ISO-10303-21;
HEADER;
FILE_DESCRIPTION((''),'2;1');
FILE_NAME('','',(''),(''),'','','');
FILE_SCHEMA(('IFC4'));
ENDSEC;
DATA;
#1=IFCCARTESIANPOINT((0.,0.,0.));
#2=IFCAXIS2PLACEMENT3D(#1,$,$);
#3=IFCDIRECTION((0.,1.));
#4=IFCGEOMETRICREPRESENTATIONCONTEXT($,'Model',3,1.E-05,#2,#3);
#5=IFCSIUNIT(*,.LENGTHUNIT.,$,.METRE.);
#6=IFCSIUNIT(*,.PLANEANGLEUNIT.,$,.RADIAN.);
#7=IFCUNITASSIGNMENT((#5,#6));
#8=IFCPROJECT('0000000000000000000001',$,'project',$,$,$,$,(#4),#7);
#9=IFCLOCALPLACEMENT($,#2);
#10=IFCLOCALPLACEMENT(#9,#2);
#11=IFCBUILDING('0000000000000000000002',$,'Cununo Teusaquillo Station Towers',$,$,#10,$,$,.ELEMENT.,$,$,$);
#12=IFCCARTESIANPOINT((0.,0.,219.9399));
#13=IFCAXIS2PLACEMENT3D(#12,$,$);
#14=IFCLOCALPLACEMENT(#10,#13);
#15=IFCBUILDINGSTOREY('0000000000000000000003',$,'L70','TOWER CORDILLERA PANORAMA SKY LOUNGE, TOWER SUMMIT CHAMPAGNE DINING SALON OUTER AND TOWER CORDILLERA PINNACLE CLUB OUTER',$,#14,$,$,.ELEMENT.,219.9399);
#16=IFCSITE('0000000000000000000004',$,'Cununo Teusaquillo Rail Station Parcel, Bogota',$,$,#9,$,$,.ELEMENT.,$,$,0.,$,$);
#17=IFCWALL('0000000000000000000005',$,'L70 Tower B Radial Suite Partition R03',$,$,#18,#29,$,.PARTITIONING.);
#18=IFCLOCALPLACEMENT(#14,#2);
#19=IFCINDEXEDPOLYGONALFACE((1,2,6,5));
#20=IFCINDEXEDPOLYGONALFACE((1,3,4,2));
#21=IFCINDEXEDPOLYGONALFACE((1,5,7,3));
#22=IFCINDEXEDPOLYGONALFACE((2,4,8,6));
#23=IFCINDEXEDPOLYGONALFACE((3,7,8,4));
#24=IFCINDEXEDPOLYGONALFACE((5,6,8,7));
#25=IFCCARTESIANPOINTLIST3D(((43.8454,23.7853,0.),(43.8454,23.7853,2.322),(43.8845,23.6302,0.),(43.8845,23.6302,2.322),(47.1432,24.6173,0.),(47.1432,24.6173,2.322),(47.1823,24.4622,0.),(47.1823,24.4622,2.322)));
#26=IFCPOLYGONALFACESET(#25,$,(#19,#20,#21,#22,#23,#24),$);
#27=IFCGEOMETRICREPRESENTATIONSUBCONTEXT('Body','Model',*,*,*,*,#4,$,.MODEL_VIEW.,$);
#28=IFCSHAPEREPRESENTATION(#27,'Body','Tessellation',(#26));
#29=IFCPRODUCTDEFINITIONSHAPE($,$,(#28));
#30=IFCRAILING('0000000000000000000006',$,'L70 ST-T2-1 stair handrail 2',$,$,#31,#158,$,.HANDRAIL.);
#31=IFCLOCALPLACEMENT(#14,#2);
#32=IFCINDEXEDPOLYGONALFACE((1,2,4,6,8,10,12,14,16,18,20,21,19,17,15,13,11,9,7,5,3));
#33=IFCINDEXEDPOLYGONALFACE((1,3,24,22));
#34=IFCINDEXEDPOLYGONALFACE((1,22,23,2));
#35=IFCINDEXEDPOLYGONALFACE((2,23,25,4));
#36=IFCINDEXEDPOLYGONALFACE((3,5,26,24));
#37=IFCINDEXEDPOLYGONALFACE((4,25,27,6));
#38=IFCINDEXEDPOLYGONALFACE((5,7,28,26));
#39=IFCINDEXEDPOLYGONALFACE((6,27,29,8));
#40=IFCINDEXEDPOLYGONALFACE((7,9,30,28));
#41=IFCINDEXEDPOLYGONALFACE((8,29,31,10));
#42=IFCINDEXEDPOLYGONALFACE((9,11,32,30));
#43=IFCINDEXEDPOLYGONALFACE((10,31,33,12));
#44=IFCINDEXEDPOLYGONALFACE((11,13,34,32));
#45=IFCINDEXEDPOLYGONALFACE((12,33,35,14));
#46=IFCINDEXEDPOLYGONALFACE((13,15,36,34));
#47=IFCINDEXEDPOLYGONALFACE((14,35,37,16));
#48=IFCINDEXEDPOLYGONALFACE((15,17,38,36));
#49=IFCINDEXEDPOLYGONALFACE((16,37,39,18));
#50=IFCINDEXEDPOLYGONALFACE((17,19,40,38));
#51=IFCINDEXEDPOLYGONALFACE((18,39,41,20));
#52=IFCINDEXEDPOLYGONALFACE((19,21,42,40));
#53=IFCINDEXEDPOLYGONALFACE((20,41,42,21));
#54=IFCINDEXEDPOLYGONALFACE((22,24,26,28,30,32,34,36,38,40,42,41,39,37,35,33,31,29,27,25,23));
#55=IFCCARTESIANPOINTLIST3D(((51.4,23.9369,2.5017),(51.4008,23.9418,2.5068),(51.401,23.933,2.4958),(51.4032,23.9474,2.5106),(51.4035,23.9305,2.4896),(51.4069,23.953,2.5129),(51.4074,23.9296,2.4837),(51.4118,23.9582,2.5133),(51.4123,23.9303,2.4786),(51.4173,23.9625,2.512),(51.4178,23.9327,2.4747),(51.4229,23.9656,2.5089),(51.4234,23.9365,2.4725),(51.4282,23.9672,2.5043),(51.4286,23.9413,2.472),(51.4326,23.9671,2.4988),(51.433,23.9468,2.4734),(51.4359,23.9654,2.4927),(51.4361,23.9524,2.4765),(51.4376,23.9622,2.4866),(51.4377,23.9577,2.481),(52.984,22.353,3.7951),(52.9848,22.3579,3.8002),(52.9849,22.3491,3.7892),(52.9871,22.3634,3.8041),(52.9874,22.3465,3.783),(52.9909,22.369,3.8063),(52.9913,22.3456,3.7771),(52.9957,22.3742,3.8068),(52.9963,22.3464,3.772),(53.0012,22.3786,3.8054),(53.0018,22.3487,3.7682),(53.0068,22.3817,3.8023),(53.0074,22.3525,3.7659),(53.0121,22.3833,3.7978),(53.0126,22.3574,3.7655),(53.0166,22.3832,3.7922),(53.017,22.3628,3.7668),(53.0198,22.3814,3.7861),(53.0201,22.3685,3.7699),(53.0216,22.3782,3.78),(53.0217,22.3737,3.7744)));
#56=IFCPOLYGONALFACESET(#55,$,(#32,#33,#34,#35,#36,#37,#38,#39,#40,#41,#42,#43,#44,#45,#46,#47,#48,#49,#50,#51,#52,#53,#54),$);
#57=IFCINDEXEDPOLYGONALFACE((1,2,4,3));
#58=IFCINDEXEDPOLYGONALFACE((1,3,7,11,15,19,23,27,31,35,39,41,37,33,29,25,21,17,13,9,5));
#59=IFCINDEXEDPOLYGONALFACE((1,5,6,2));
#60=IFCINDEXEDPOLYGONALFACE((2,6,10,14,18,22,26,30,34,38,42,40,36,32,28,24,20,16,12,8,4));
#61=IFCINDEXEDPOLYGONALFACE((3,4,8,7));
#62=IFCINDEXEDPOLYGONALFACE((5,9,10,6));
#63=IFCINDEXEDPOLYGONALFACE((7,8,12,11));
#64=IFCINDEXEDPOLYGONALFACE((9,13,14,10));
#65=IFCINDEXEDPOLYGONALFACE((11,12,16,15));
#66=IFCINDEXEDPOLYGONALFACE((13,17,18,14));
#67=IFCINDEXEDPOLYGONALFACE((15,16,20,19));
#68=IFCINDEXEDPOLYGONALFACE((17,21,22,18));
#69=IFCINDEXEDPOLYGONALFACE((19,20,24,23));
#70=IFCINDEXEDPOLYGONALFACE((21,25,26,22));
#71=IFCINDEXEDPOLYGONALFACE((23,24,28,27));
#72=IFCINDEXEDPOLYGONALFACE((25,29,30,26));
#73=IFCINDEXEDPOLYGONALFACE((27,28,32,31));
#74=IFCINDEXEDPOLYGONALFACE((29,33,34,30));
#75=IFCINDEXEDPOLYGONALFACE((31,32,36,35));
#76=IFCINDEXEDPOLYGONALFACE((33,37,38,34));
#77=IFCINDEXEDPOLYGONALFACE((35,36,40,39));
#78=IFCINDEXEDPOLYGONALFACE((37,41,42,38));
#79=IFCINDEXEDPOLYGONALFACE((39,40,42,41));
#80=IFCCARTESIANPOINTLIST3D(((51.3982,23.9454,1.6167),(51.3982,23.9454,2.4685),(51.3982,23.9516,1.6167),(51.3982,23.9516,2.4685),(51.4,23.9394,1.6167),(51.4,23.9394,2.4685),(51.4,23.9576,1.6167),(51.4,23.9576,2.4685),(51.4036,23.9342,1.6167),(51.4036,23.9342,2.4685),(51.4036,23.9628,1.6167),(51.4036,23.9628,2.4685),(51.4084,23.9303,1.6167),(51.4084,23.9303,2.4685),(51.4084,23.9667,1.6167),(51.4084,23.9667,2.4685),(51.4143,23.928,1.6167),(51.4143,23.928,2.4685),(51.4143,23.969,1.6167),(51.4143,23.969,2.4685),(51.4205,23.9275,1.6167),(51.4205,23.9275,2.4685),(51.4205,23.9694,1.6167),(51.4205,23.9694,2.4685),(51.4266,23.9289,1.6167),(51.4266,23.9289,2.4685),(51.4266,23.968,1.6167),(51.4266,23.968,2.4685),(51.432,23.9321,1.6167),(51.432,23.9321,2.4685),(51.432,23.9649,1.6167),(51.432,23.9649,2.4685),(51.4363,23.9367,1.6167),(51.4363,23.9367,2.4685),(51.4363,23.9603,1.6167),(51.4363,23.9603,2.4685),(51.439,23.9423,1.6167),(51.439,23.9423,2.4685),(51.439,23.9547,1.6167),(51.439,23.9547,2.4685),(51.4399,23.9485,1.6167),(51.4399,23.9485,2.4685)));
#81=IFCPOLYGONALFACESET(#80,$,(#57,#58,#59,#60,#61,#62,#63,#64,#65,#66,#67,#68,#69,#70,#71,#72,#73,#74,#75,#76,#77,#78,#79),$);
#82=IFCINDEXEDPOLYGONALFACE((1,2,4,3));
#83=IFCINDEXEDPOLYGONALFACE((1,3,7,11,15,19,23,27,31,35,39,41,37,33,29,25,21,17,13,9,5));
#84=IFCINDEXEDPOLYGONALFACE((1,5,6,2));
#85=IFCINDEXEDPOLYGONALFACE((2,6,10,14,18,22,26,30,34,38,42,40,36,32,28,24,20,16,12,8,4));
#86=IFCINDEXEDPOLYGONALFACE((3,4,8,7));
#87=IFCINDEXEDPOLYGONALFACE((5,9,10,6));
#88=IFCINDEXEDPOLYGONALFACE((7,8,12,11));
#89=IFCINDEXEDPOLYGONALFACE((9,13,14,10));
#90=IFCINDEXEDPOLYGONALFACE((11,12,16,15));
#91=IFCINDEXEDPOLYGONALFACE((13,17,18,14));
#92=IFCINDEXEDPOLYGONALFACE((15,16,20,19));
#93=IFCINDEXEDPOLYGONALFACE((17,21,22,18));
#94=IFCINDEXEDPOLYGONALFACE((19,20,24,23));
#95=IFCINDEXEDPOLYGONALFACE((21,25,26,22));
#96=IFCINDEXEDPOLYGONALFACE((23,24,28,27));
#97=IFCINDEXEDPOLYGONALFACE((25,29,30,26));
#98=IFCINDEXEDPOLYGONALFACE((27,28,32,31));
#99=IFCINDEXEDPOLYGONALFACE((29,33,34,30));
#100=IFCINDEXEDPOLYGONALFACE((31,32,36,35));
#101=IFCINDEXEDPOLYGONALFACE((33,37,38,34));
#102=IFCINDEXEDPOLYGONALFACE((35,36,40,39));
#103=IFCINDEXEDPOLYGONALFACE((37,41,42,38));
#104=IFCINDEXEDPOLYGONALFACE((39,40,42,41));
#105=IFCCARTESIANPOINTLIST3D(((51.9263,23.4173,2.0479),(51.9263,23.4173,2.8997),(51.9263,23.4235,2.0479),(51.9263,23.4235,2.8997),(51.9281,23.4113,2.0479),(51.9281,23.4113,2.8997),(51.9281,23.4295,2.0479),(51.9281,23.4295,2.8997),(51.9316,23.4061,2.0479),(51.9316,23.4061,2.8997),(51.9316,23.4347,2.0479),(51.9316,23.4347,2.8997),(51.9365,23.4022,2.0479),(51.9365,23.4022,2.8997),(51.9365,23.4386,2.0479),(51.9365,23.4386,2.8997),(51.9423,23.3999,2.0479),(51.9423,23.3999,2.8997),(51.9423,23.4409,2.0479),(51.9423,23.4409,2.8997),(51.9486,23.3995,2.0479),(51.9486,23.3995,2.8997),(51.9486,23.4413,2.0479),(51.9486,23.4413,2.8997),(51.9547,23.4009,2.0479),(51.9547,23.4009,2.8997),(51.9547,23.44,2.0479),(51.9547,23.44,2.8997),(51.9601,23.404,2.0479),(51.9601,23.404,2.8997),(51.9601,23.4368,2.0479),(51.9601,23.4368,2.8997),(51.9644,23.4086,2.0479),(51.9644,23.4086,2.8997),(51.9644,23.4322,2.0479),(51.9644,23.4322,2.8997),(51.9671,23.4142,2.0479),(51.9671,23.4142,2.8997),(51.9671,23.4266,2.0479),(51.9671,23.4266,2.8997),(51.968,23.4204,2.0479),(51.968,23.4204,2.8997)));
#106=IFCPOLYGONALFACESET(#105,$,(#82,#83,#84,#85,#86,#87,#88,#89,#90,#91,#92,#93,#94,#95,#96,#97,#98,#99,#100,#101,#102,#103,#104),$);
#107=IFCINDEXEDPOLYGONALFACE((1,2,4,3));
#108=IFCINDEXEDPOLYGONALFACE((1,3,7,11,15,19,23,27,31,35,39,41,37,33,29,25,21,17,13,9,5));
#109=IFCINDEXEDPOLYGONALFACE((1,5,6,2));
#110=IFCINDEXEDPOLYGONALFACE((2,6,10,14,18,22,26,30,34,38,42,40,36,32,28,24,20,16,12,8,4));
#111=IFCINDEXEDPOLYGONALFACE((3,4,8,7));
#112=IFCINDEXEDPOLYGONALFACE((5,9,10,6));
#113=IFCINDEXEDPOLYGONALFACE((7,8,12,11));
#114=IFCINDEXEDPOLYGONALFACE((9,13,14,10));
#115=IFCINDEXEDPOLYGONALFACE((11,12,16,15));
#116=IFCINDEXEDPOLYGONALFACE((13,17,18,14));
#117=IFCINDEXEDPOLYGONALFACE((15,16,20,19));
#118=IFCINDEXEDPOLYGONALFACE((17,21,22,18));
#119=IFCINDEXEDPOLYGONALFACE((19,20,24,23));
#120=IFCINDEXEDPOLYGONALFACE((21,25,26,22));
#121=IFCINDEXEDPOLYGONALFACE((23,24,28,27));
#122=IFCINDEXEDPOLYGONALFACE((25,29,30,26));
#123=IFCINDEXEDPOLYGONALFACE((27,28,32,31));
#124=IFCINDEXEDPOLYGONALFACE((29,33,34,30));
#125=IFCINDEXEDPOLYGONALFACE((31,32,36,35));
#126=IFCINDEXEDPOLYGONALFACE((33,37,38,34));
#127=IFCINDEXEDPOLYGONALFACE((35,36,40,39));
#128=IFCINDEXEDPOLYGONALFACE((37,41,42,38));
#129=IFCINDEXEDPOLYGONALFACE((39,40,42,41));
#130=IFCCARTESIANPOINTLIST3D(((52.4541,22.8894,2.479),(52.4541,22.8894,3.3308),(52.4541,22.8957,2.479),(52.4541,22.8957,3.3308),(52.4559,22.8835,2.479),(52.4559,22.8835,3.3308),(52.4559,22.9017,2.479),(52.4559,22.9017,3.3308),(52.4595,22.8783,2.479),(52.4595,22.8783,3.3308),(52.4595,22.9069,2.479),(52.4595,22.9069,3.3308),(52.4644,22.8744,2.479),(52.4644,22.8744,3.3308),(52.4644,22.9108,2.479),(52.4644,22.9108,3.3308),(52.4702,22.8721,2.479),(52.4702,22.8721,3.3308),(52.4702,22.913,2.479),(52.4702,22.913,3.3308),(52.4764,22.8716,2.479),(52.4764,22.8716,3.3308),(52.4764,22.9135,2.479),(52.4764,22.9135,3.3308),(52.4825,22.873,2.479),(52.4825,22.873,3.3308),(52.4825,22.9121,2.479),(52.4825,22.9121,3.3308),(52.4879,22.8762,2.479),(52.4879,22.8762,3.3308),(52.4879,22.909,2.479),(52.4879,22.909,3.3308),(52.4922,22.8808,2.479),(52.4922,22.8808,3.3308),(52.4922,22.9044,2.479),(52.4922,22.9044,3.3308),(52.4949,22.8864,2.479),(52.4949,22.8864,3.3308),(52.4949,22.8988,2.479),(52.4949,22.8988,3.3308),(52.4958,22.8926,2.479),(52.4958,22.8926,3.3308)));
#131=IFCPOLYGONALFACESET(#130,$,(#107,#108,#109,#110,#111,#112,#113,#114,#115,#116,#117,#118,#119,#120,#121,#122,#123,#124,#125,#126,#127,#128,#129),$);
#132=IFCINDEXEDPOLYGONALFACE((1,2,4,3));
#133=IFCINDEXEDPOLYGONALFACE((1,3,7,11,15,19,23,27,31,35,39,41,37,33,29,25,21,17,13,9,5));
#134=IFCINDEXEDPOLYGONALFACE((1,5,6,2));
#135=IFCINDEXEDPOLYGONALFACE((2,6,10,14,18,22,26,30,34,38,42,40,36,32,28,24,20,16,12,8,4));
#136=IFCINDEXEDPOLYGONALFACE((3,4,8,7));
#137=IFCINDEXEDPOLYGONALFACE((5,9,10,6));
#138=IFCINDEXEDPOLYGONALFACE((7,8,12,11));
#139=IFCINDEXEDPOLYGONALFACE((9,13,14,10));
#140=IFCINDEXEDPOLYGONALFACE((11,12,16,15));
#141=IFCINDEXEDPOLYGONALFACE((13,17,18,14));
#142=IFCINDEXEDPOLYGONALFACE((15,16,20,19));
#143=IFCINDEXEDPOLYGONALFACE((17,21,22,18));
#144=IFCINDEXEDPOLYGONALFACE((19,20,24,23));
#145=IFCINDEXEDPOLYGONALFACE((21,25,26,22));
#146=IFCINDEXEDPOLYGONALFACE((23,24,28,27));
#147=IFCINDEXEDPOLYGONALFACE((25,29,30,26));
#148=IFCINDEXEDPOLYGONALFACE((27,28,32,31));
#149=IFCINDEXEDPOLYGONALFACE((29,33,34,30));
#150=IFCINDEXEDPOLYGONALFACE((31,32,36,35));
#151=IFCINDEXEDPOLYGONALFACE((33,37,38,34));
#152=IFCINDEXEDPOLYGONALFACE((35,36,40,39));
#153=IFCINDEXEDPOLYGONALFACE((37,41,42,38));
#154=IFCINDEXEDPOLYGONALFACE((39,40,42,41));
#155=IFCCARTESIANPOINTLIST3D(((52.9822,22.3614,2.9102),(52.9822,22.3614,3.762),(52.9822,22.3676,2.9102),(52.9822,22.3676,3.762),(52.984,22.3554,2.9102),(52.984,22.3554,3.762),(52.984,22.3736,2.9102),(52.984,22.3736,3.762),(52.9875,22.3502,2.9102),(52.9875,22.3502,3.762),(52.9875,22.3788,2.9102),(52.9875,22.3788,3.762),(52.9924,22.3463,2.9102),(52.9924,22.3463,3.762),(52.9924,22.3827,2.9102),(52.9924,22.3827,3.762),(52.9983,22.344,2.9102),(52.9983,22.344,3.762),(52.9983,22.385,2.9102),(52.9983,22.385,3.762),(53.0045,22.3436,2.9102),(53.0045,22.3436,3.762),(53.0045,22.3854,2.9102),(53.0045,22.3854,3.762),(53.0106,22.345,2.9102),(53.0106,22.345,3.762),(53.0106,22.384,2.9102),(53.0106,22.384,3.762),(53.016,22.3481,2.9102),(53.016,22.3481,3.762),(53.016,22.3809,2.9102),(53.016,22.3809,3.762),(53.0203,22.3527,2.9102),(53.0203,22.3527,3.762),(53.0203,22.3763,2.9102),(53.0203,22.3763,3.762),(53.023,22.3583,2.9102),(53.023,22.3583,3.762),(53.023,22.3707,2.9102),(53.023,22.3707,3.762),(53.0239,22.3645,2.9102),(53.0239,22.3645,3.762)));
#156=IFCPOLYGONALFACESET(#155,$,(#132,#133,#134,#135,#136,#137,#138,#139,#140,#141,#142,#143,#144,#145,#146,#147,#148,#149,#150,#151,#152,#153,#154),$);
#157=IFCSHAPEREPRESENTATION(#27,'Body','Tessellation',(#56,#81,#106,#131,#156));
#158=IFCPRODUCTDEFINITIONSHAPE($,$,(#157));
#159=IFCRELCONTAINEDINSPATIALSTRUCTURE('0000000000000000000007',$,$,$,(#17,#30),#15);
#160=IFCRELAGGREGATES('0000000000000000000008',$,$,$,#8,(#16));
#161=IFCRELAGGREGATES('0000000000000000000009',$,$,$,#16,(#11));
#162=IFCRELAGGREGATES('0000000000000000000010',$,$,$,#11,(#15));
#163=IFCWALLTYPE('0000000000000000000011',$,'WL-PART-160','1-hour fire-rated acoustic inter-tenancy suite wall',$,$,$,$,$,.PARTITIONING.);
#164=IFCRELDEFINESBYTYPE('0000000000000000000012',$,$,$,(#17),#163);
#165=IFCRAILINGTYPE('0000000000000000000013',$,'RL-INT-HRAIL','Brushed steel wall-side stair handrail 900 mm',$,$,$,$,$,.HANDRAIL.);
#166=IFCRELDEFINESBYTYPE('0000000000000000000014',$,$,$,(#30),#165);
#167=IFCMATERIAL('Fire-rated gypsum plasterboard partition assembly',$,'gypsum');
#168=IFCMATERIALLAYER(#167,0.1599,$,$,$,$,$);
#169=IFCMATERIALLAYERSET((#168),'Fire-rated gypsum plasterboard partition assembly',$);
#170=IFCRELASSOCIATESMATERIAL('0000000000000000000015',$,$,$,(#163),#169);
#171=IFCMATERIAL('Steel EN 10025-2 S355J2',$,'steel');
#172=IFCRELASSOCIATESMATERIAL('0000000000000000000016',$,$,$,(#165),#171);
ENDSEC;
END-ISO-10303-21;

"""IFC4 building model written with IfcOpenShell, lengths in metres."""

from ifc_helpers import new_model, si_unit, direction, frame, frame_2d, origin, origin_2d, place, context, subcontext, project, spatial, rectangle, circle, extrude, material, layer, layer_set, type_object, element, save


model = new_model("IFC4")

# Units and contexts
model_context = context("Model", 3, precision=1e-05, world=origin(), true_north=direction((0.0, 1.0)))
body_context = subcontext(model_context, "Body", "Model", "MODEL_VIEW")
ifc_project = project(units=[si_unit("LENGTHUNIT", "METRE"), si_unit("PLANEANGLEUNIT", "RADIAN")], contexts=[model_context])

# Site, building, storey
site_placement = place(None, origin())
site = spatial("IfcSite", under=ifc_project, at=site_placement, Name="Cununo Teusaquillo Rail Station Parcel, Bogota", CompositionType="ELEMENT", RefElevation=0.0)
building_placement = place(site_placement, origin())
building = spatial("IfcBuilding", under=site, at=building_placement, Name="Cununo Teusaquillo Station Towers", CompositionType="ELEMENT")
storey_placement = place(building_placement, frame((0.0, 0.0, 219.9399)))
storey = spatial("IfcBuildingStorey", under=building, at=storey_placement, Name="L70", Description="TOWER CORDILLERA PANORAMA SKY LOUNGE, TOWER SUMMIT CHAMPAGNE DINING SALON OUTER AND TOWER CORDILLERA PINNACLE CLUB OUTER", CompositionType="ELEMENT", Elevation=219.9399)

# Wall
ifc_material_1 = material(Name="Fire-rated gypsum plasterboard partition assembly", Category="gypsum")
ifc_layer_1 = layer(ifc_material_1, 0.1599)
ifc_layer_set_1 = layer_set([ifc_layer_1], Name="Fire-rated gypsum plasterboard partition assembly")
wall_type_1 = type_object("IfcWallType", Name="WL-PART-160", Description="1-hour fire-rated acoustic inter-tenancy suite wall", PredefinedType="PARTITIONING", material=ifc_layer_set_1)
wall_1_placement = place(storey_placement, frame((47.1628, 24.5398, 0.0), z_axis=(0.0, 0.0, 1.0), x_axis=(-0.969617, -0.244629, 0.0)))
element("IfcWall", 1, at=wall_1_placement, inside=storey, type_object=wall_type_1, Name="L70 Tower B Radial Suite Partition R03", PredefinedType="PARTITIONING", context=body_context, shape_type="SweptSolid", body=[
    extrude(rectangle(XDim=3.4011, YDim=0.1599, at=frame_2d((1.7007, 0.0))), origin(), (0.0, 0.0, 1.0), 2.322),
])

# Railing
ifc_material_2 = material(Name="Steel EN 10025-2 S355J2", Category="steel")
railing_type = type_object("IfcRailingType", Name="RL-INT-HRAIL", Description="Brushed steel wall-side stair handrail 900 mm", PredefinedType="HANDRAIL", material=ifc_material_2)
railing_placement = place(storey_placement, frame((51.4189, 23.9485, 1.6167)))
element("IfcRailing", 2, at=railing_placement, inside=storey, type_object=railing_type, Name="L70 ST-T2-1 stair handrail 2", PredefinedType="HANDRAIL", context=body_context, shape_type="SweptSolid", body=[
    extrude(circle(Radius=0.0239, at=origin_2d()), frame((0.0, 0.0, 0.876), z_axis=(0.612356, -0.612356, 0.50004), x_axis=(0.707107, 0.707107, 0.0)), (0.0, 0.0, 1.0), 2.5867),
    extrude(circle(Radius=0.021, at=origin_2d()), origin(), (0.0, 0.0, 1.0), 0.8518),
    extrude(circle(Radius=0.021, at=origin_2d()), frame((0.5281, -0.5281, 0.4312)), (0.0, 0.0, 1.0), 0.8518),
    extrude(circle(Radius=0.021, at=origin_2d()), frame((1.0559, -1.0559, 0.8623)), (0.0, 0.0, 1.0), 0.8518),
    extrude(circle(Radius=0.021, at=origin_2d()), frame((1.584, -1.584, 1.2935)), (0.0, 0.0, 1.0), 0.8518),
])

save(model, "model.ifc")
